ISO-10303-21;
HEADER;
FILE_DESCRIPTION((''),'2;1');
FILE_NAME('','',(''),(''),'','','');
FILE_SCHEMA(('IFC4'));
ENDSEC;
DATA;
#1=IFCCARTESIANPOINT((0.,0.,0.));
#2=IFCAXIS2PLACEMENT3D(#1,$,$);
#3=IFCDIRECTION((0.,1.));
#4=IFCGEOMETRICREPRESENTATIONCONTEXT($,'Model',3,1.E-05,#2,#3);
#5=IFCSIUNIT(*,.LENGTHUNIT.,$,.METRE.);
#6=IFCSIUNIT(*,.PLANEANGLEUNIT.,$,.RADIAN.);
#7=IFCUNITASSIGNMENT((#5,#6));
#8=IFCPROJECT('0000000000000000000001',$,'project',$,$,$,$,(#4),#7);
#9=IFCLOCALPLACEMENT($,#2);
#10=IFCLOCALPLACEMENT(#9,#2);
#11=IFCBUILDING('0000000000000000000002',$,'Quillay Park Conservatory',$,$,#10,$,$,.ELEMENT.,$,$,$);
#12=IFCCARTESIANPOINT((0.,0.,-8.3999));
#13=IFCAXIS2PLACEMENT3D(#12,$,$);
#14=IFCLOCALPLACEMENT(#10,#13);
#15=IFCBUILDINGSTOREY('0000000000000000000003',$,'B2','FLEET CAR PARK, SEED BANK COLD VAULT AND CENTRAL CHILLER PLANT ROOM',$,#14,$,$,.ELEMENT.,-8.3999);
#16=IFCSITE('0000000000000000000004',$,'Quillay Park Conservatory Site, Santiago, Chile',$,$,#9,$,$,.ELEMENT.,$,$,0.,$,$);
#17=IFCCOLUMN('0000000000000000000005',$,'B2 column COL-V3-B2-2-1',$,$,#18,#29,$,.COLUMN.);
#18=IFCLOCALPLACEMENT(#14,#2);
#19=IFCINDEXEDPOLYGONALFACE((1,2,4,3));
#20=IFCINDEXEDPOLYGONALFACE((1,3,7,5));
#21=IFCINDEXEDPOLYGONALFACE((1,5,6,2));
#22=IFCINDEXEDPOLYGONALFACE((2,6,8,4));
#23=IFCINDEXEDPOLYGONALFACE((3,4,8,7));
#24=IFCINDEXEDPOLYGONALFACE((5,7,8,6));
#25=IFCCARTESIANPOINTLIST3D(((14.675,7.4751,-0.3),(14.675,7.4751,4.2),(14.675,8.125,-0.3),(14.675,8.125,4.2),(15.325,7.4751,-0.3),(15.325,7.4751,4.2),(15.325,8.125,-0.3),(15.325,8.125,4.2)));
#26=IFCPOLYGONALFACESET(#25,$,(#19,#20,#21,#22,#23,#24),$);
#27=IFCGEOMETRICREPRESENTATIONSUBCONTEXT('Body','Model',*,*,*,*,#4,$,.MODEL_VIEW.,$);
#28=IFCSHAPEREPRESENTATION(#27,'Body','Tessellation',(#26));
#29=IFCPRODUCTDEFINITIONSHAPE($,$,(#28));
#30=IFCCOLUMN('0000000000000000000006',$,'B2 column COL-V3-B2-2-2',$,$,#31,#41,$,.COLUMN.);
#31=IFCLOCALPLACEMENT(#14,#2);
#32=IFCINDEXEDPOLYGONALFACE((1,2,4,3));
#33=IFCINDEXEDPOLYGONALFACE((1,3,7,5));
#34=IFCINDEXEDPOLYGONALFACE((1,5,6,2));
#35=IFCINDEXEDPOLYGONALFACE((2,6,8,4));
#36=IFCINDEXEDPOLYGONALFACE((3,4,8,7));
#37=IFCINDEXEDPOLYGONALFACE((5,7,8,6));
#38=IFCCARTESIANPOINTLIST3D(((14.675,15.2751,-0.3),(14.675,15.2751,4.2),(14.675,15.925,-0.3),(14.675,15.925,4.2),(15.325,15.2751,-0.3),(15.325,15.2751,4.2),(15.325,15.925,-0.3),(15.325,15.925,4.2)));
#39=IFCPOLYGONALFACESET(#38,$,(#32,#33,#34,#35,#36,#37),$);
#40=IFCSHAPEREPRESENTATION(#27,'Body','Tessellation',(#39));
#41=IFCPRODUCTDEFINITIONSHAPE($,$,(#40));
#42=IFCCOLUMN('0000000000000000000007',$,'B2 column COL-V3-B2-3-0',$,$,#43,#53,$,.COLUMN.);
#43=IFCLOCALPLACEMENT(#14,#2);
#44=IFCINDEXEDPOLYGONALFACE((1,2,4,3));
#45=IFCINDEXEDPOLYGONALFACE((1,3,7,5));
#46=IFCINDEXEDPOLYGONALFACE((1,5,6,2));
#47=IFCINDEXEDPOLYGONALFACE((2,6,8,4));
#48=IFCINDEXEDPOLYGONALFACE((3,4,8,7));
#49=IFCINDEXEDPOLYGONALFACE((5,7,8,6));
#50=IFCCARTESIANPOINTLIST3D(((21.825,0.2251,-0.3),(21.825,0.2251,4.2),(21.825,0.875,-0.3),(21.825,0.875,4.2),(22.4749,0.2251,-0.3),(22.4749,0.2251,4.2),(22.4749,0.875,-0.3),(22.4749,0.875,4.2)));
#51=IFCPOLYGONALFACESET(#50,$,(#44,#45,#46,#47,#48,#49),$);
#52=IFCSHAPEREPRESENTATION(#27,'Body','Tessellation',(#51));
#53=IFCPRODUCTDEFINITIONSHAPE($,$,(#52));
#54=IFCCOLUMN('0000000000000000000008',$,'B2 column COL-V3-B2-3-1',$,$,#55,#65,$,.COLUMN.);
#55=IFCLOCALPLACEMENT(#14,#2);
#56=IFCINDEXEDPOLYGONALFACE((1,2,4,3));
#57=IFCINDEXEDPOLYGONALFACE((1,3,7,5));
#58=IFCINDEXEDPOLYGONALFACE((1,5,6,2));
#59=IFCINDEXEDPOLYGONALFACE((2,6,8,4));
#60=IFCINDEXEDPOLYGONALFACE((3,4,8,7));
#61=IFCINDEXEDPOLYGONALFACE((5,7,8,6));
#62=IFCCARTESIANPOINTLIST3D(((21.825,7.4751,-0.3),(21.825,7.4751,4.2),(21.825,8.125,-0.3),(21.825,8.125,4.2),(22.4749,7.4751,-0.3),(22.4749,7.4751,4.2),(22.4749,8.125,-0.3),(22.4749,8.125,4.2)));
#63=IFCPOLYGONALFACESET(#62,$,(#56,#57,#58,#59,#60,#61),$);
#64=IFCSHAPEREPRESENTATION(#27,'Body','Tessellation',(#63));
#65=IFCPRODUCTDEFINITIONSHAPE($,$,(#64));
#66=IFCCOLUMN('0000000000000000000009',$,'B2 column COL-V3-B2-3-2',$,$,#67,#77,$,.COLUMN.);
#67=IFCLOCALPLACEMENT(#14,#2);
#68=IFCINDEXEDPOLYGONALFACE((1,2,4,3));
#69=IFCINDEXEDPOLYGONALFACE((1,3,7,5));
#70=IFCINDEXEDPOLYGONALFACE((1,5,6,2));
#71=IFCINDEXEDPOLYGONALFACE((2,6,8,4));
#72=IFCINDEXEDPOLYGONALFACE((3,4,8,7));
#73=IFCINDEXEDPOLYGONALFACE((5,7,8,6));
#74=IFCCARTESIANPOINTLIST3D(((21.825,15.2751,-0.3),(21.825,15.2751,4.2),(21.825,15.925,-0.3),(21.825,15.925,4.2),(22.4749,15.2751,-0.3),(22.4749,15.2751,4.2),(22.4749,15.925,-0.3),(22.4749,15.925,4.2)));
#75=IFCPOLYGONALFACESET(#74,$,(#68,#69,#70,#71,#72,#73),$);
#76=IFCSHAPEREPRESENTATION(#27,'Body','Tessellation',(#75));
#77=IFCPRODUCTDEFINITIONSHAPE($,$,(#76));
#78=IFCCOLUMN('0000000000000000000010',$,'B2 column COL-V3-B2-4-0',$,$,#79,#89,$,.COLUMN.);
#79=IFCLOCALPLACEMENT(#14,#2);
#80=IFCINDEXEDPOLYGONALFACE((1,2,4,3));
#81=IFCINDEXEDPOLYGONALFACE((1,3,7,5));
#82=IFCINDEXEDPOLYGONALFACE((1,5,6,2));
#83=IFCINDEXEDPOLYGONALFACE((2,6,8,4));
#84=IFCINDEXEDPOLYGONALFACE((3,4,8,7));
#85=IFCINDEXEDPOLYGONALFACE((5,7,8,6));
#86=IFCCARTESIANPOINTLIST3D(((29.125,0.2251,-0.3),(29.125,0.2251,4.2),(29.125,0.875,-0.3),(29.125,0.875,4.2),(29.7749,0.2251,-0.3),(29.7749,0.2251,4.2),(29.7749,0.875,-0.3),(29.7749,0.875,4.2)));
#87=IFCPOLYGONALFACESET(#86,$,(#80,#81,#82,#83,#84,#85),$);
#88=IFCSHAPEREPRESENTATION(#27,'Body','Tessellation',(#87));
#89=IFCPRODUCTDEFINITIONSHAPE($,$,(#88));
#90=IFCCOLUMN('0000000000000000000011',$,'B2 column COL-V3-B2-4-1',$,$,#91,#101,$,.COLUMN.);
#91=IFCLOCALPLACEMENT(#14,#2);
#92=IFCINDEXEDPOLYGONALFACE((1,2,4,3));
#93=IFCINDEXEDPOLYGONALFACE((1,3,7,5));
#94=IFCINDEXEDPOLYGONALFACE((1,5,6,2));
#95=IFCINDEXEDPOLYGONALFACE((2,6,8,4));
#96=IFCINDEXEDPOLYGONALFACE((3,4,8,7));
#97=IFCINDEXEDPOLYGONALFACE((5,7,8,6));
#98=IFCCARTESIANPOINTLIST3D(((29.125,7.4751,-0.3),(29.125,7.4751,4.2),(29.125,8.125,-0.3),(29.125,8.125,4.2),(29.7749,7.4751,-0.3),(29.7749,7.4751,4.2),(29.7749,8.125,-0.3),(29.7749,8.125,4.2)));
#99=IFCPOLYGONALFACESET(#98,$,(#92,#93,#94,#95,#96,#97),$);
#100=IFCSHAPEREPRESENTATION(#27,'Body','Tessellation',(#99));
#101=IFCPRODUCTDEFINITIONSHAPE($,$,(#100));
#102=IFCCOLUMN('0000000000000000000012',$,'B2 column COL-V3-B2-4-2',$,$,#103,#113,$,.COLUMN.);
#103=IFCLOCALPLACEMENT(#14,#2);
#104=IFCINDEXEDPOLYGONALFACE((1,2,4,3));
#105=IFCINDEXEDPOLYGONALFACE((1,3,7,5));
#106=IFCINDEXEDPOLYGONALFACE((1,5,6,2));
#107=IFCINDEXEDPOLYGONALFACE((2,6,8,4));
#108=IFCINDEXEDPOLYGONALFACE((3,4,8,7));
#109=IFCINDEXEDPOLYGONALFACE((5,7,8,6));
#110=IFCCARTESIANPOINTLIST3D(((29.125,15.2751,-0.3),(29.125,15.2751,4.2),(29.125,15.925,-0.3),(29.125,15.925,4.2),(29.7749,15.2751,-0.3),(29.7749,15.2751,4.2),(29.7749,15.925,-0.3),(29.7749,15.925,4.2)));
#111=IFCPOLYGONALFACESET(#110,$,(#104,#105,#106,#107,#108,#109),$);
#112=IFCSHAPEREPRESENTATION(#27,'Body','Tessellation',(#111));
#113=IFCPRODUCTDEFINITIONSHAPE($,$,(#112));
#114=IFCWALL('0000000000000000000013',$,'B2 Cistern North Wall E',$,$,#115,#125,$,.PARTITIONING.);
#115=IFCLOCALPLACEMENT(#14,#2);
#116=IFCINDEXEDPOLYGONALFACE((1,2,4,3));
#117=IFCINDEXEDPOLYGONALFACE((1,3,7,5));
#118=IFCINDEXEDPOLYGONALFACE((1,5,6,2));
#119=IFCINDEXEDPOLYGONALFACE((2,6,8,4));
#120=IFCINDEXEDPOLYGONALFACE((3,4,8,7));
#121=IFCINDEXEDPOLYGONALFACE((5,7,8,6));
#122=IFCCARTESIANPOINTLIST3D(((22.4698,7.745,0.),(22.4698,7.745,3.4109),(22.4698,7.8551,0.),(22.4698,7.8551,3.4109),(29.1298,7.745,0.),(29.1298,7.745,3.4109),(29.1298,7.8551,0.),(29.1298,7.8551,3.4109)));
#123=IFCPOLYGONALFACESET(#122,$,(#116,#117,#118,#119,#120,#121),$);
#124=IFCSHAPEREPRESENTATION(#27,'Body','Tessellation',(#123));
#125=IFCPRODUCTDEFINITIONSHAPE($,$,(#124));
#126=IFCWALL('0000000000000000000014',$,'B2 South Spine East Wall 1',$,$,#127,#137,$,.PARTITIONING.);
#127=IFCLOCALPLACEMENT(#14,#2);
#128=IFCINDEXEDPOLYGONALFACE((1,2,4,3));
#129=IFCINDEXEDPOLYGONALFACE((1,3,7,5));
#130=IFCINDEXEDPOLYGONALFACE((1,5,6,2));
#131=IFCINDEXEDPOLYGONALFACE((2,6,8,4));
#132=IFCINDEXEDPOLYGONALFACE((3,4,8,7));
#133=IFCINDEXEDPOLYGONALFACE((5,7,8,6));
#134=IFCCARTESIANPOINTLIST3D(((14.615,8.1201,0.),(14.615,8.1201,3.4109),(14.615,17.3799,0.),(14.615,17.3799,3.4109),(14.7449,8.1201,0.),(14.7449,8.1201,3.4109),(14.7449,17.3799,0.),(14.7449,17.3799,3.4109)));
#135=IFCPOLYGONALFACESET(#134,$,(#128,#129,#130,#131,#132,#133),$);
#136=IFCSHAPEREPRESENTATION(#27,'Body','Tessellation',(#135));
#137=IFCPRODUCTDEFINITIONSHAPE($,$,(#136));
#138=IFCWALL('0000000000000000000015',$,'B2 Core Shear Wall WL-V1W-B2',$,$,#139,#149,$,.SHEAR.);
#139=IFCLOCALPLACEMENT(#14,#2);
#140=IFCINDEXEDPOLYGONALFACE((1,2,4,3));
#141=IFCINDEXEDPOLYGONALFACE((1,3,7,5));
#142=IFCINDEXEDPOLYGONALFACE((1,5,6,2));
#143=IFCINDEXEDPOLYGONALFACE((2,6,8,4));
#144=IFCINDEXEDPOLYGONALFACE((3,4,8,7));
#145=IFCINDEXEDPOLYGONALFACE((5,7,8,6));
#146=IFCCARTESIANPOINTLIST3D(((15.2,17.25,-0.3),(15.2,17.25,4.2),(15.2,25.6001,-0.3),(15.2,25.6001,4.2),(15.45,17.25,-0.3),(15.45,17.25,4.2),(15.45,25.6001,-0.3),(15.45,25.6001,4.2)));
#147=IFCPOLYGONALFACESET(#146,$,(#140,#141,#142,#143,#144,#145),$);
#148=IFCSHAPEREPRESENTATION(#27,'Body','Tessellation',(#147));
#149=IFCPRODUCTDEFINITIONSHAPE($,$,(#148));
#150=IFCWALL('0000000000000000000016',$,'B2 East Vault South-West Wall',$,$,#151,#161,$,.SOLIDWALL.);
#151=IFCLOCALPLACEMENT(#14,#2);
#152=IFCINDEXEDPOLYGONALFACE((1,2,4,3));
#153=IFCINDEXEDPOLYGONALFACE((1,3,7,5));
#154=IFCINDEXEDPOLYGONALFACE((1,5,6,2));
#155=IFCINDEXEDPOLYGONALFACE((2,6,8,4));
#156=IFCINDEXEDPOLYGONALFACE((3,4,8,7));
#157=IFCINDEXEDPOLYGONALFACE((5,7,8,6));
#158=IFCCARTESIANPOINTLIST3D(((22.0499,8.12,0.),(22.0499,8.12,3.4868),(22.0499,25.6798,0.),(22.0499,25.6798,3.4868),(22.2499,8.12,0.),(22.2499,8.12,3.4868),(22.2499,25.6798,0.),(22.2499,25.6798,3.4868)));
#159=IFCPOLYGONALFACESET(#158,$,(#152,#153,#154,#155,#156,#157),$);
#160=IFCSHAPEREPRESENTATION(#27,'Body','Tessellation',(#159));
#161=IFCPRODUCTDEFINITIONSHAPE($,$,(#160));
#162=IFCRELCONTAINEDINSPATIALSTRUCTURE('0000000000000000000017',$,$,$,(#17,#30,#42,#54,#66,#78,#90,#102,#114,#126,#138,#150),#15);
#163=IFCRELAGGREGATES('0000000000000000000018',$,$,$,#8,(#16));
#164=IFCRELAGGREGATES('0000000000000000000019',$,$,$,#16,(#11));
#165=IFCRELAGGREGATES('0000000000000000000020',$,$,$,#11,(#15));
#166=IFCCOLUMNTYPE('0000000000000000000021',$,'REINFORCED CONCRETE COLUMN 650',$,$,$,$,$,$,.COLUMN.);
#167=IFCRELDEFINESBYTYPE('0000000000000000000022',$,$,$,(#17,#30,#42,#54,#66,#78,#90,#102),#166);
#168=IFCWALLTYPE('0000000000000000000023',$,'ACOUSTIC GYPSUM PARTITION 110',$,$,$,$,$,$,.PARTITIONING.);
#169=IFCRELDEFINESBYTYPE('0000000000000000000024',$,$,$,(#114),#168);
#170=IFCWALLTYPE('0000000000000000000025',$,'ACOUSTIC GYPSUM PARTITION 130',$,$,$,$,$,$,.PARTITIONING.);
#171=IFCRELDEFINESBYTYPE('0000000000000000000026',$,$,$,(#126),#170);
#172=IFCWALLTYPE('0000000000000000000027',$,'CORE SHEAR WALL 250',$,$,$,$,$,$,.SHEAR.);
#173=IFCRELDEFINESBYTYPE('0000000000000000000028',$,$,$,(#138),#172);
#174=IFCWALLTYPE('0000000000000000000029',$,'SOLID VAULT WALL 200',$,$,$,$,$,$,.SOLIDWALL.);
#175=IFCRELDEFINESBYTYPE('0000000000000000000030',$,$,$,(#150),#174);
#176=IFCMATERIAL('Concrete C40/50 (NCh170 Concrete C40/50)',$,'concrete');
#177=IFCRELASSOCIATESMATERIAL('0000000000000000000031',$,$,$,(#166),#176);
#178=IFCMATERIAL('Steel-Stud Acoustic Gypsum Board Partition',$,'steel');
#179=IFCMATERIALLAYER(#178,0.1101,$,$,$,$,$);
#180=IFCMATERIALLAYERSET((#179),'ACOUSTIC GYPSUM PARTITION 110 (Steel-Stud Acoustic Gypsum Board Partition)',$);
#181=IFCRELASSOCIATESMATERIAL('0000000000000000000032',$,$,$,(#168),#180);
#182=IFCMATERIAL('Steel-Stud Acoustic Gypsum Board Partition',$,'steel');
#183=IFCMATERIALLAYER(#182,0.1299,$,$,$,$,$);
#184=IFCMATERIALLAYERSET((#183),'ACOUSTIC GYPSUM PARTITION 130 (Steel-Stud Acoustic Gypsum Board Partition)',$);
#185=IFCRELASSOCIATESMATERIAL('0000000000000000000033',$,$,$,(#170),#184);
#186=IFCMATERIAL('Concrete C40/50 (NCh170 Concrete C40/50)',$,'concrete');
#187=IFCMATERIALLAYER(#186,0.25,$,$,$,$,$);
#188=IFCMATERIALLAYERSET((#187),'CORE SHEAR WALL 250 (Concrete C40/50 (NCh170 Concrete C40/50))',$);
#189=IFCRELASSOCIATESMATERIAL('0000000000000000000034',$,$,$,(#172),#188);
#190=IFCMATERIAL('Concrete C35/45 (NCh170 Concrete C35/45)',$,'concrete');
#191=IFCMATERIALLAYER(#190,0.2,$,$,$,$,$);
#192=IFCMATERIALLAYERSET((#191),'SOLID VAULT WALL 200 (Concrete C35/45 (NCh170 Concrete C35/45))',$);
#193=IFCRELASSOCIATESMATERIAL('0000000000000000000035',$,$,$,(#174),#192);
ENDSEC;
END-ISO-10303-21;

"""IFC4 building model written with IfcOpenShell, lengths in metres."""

from ifc_helpers import new_model, si_unit, direction, frame, frame_2d, origin, origin_2d, place, context, subcontext, project, spatial, rectangle, extrude, material, layer, layer_set, material_profile, profile_set, type_object, element, save


model = new_model("IFC4")

# Units and contexts
model_context = context("Model", 3, precision=1e-05, world=origin(), true_north=direction((0.0, 1.0)))
body_context = subcontext(model_context, "Body", "Model", "MODEL_VIEW")
ifc_project = project(units=[si_unit("LENGTHUNIT", "METRE"), si_unit("PLANEANGLEUNIT", "RADIAN")], contexts=[model_context])

# Site, building, storey
site_placement = place(None, origin())
site = spatial("IfcSite", under=ifc_project, at=site_placement, Name="Quillay Park Conservatory Site, Santiago, Chile", CompositionType="ELEMENT", RefElevation=0.0)
building_placement = place(site_placement, origin())
building = spatial("IfcBuilding", under=site, at=building_placement, Name="Quillay Park Conservatory", CompositionType="ELEMENT")
storey_placement = place(building_placement, frame((0.0, 0.0, -8.3999)))
storey = spatial("IfcBuildingStorey", under=building, at=storey_placement, Name="B2", Description="FLEET CAR PARK, SEED BANK COLD VAULT AND CENTRAL CHILLER PLANT ROOM", CompositionType="ELEMENT", Elevation=-8.3999)

# Columns
ifc_material_1 = material(Name="Concrete C40/50 (NCh170 Concrete C40/50)", Category="concrete")
ifc_material_profile_1 = material_profile(ifc_material_1, rectangle(XDim=0.6499, YDim=0.6499, at=origin_2d()), Name="RC650x650")
ifc_profile_set_1 = profile_set([ifc_material_profile_1], Name="Concrete C40/50 (NCh170 Concrete C40/50)")
column_type_1 = type_object("IfcColumnType", Name="REINFORCED CONCRETE COLUMN 650", PredefinedType="COLUMN", material=ifc_profile_set_1)
for number, where, z_axis, x_axis, name in (
    (1, (15.0, 7.8, -0.3), (0.0, 0.0, 1.0), (1.0, 0.0, 0.0), "B2 column COL-V3-B2-2-1"),
    (2, (15.0, 15.6001, -0.3), (0.0, 0.0, 1.0), (1.0, 0.0, 0.0), "B2 column COL-V3-B2-2-2"),
    (3, (22.1499, 0.55, -0.3), (0.0, 0.0, 1.0), (1.0, 0.0, 0.0), "B2 column COL-V3-B2-3-0"),
    (4, (22.1499, 7.8, -0.3), (0.0, 0.0, 1.0), (1.0, 0.0, 0.0), "B2 column COL-V3-B2-3-1"),
    (5, (22.1499, 15.6001, -0.3), (0.0, 0.0, 1.0), (1.0, 0.0, 0.0), "B2 column COL-V3-B2-3-2"),
    (6, (29.45, 0.55, -0.3), (0.0, 0.0, 1.0), (1.0, 0.0, 0.0), "B2 column COL-V3-B2-4-0"),
    (7, (29.45, 7.8, -0.3), (0.0, 0.0, 1.0), (1.0, 0.0, 0.0), "B2 column COL-V3-B2-4-1"),
    (8, (29.45, 15.6001, -0.3), (0.0, 0.0, 1.0), (1.0, 0.0, 0.0), "B2 column COL-V3-B2-4-2"),
):
    element("IfcColumn", number, at=place(storey_placement, frame(where, z_axis=z_axis, x_axis=x_axis)), inside=storey, type_object=column_type_1, Name=name, PredefinedType="COLUMN", context=body_context, shape_type="SweptSolid", body=[
        extrude(rectangle(XDim=0.6499, YDim=0.6499, at=origin_2d()), origin(), (0.0, 0.0, 1.0), 4.5),
    ])

# Wall
ifc_material_2 = material(Name="Steel-Stud Acoustic Gypsum Board Partition", Category="steel")
ifc_layer_1 = layer(ifc_material_2, 0.1101)
ifc_layer_set_1 = layer_set([ifc_layer_1], Name="ACOUSTIC GYPSUM PARTITION 110 (Steel-Stud Acoustic Gypsum Board Partition)")
wall_type_1 = type_object("IfcWallType", Name="ACOUSTIC GYPSUM PARTITION 110", PredefinedType="PARTITIONING", material=ifc_layer_set_1)
wall_1_placement = place(storey_placement, frame((29.1299, 7.8, 0.0), z_axis=(0.0, 0.0, 1.0), x_axis=(-1.0, 0.0, 0.0)))
element("IfcWall", 9, at=wall_1_placement, inside=storey, type_object=wall_type_1, Name="B2 Cistern North Wall E", PredefinedType="PARTITIONING", context=body_context, shape_type="SweptSolid", body=[
    extrude(rectangle(XDim=6.6599, YDim=0.1101, at=frame_2d((3.3301, 0.0))), origin(), (0.0, 0.0, 1.0), 3.4109),
])

# Walls
ifc_material_3 = material(Name="Steel-Stud Acoustic Gypsum Board Partition", Category="steel")
ifc_layer_2 = layer(ifc_material_3, 0.1299)
ifc_layer_set_2 = layer_set([ifc_layer_2], Name="ACOUSTIC GYPSUM PARTITION 130 (Steel-Stud Acoustic Gypsum Board Partition)")
wall_type_2 = type_object("IfcWallType", Name="ACOUSTIC GYPSUM PARTITION 130", PredefinedType="PARTITIONING", material=ifc_layer_set_2)
wall_2_placement = place(storey_placement, frame((14.6799, 8.1201, 0.0), z_axis=(0.0, 0.0, 1.0), x_axis=(0.0, 1.0, 0.0)))
element("IfcWall", 10, at=wall_2_placement, inside=storey, type_object=wall_type_2, Name="B2 South Spine East Wall 1", PredefinedType="PARTITIONING", context=body_context, shape_type="SweptSolid", body=[
    extrude(rectangle(XDim=9.2598, YDim=0.1299, at=frame_2d((4.6299, 0.0))), origin(), (0.0, 0.0, 1.0), 3.4109),
])
ifc_material_4 = material(Name="Concrete C40/50 (NCh170 Concrete C40/50)", Category="concrete")
ifc_layer_3 = layer(ifc_material_4, 0.25)
ifc_layer_set_3 = layer_set([ifc_layer_3], Name="CORE SHEAR WALL 250 (Concrete C40/50 (NCh170 Concrete C40/50))")
wall_type_3 = type_object("IfcWallType", Name="CORE SHEAR WALL 250", PredefinedType="SHEAR", material=ifc_layer_set_3)
wall_3_placement = place(storey_placement, frame((15.325, 17.25, -0.3), z_axis=(0.0, 0.0, 1.0), x_axis=(0.0, 1.0, 0.0)))
element("IfcWall", 11, at=wall_3_placement, inside=storey, type_object=wall_type_3, Name="B2 Core Shear Wall WL-V1W-B2", PredefinedType="SHEAR", context=body_context, shape_type="SweptSolid", body=[
    extrude(rectangle(XDim=8.3501, YDim=0.25, at=frame_2d((4.175, 0.0))), origin(), (0.0, 0.0, 1.0), 4.5),
])
ifc_material_5 = material(Name="Concrete C35/45 (NCh170 Concrete C35/45)", Category="concrete")
ifc_layer_4 = layer(ifc_material_5, 0.2)
ifc_layer_set_4 = layer_set([ifc_layer_4], Name="SOLID VAULT WALL 200 (Concrete C35/45 (NCh170 Concrete C35/45))")
wall_type_4 = type_object("IfcWallType", Name="SOLID VAULT WALL 200", PredefinedType="SOLIDWALL", material=ifc_layer_set_4)
wall_4_placement = place(storey_placement, frame((22.1499, 8.1201, 0.0), z_axis=(0.0, 0.0, 1.0), x_axis=(0.0, 1.0, 0.0)))
element("IfcWall", 12, at=wall_4_placement, inside=storey, type_object=wall_type_4, Name="B2 East Vault South-West Wall", PredefinedType="SOLIDWALL", context=body_context, shape_type="SweptSolid", body=[
    extrude(rectangle(XDim=17.5598, YDim=0.2, at=frame_2d((8.7798, 0.0))), origin(), (0.0, 0.0, 1.0), 3.4868),
])

save(model, "model.ifc")
